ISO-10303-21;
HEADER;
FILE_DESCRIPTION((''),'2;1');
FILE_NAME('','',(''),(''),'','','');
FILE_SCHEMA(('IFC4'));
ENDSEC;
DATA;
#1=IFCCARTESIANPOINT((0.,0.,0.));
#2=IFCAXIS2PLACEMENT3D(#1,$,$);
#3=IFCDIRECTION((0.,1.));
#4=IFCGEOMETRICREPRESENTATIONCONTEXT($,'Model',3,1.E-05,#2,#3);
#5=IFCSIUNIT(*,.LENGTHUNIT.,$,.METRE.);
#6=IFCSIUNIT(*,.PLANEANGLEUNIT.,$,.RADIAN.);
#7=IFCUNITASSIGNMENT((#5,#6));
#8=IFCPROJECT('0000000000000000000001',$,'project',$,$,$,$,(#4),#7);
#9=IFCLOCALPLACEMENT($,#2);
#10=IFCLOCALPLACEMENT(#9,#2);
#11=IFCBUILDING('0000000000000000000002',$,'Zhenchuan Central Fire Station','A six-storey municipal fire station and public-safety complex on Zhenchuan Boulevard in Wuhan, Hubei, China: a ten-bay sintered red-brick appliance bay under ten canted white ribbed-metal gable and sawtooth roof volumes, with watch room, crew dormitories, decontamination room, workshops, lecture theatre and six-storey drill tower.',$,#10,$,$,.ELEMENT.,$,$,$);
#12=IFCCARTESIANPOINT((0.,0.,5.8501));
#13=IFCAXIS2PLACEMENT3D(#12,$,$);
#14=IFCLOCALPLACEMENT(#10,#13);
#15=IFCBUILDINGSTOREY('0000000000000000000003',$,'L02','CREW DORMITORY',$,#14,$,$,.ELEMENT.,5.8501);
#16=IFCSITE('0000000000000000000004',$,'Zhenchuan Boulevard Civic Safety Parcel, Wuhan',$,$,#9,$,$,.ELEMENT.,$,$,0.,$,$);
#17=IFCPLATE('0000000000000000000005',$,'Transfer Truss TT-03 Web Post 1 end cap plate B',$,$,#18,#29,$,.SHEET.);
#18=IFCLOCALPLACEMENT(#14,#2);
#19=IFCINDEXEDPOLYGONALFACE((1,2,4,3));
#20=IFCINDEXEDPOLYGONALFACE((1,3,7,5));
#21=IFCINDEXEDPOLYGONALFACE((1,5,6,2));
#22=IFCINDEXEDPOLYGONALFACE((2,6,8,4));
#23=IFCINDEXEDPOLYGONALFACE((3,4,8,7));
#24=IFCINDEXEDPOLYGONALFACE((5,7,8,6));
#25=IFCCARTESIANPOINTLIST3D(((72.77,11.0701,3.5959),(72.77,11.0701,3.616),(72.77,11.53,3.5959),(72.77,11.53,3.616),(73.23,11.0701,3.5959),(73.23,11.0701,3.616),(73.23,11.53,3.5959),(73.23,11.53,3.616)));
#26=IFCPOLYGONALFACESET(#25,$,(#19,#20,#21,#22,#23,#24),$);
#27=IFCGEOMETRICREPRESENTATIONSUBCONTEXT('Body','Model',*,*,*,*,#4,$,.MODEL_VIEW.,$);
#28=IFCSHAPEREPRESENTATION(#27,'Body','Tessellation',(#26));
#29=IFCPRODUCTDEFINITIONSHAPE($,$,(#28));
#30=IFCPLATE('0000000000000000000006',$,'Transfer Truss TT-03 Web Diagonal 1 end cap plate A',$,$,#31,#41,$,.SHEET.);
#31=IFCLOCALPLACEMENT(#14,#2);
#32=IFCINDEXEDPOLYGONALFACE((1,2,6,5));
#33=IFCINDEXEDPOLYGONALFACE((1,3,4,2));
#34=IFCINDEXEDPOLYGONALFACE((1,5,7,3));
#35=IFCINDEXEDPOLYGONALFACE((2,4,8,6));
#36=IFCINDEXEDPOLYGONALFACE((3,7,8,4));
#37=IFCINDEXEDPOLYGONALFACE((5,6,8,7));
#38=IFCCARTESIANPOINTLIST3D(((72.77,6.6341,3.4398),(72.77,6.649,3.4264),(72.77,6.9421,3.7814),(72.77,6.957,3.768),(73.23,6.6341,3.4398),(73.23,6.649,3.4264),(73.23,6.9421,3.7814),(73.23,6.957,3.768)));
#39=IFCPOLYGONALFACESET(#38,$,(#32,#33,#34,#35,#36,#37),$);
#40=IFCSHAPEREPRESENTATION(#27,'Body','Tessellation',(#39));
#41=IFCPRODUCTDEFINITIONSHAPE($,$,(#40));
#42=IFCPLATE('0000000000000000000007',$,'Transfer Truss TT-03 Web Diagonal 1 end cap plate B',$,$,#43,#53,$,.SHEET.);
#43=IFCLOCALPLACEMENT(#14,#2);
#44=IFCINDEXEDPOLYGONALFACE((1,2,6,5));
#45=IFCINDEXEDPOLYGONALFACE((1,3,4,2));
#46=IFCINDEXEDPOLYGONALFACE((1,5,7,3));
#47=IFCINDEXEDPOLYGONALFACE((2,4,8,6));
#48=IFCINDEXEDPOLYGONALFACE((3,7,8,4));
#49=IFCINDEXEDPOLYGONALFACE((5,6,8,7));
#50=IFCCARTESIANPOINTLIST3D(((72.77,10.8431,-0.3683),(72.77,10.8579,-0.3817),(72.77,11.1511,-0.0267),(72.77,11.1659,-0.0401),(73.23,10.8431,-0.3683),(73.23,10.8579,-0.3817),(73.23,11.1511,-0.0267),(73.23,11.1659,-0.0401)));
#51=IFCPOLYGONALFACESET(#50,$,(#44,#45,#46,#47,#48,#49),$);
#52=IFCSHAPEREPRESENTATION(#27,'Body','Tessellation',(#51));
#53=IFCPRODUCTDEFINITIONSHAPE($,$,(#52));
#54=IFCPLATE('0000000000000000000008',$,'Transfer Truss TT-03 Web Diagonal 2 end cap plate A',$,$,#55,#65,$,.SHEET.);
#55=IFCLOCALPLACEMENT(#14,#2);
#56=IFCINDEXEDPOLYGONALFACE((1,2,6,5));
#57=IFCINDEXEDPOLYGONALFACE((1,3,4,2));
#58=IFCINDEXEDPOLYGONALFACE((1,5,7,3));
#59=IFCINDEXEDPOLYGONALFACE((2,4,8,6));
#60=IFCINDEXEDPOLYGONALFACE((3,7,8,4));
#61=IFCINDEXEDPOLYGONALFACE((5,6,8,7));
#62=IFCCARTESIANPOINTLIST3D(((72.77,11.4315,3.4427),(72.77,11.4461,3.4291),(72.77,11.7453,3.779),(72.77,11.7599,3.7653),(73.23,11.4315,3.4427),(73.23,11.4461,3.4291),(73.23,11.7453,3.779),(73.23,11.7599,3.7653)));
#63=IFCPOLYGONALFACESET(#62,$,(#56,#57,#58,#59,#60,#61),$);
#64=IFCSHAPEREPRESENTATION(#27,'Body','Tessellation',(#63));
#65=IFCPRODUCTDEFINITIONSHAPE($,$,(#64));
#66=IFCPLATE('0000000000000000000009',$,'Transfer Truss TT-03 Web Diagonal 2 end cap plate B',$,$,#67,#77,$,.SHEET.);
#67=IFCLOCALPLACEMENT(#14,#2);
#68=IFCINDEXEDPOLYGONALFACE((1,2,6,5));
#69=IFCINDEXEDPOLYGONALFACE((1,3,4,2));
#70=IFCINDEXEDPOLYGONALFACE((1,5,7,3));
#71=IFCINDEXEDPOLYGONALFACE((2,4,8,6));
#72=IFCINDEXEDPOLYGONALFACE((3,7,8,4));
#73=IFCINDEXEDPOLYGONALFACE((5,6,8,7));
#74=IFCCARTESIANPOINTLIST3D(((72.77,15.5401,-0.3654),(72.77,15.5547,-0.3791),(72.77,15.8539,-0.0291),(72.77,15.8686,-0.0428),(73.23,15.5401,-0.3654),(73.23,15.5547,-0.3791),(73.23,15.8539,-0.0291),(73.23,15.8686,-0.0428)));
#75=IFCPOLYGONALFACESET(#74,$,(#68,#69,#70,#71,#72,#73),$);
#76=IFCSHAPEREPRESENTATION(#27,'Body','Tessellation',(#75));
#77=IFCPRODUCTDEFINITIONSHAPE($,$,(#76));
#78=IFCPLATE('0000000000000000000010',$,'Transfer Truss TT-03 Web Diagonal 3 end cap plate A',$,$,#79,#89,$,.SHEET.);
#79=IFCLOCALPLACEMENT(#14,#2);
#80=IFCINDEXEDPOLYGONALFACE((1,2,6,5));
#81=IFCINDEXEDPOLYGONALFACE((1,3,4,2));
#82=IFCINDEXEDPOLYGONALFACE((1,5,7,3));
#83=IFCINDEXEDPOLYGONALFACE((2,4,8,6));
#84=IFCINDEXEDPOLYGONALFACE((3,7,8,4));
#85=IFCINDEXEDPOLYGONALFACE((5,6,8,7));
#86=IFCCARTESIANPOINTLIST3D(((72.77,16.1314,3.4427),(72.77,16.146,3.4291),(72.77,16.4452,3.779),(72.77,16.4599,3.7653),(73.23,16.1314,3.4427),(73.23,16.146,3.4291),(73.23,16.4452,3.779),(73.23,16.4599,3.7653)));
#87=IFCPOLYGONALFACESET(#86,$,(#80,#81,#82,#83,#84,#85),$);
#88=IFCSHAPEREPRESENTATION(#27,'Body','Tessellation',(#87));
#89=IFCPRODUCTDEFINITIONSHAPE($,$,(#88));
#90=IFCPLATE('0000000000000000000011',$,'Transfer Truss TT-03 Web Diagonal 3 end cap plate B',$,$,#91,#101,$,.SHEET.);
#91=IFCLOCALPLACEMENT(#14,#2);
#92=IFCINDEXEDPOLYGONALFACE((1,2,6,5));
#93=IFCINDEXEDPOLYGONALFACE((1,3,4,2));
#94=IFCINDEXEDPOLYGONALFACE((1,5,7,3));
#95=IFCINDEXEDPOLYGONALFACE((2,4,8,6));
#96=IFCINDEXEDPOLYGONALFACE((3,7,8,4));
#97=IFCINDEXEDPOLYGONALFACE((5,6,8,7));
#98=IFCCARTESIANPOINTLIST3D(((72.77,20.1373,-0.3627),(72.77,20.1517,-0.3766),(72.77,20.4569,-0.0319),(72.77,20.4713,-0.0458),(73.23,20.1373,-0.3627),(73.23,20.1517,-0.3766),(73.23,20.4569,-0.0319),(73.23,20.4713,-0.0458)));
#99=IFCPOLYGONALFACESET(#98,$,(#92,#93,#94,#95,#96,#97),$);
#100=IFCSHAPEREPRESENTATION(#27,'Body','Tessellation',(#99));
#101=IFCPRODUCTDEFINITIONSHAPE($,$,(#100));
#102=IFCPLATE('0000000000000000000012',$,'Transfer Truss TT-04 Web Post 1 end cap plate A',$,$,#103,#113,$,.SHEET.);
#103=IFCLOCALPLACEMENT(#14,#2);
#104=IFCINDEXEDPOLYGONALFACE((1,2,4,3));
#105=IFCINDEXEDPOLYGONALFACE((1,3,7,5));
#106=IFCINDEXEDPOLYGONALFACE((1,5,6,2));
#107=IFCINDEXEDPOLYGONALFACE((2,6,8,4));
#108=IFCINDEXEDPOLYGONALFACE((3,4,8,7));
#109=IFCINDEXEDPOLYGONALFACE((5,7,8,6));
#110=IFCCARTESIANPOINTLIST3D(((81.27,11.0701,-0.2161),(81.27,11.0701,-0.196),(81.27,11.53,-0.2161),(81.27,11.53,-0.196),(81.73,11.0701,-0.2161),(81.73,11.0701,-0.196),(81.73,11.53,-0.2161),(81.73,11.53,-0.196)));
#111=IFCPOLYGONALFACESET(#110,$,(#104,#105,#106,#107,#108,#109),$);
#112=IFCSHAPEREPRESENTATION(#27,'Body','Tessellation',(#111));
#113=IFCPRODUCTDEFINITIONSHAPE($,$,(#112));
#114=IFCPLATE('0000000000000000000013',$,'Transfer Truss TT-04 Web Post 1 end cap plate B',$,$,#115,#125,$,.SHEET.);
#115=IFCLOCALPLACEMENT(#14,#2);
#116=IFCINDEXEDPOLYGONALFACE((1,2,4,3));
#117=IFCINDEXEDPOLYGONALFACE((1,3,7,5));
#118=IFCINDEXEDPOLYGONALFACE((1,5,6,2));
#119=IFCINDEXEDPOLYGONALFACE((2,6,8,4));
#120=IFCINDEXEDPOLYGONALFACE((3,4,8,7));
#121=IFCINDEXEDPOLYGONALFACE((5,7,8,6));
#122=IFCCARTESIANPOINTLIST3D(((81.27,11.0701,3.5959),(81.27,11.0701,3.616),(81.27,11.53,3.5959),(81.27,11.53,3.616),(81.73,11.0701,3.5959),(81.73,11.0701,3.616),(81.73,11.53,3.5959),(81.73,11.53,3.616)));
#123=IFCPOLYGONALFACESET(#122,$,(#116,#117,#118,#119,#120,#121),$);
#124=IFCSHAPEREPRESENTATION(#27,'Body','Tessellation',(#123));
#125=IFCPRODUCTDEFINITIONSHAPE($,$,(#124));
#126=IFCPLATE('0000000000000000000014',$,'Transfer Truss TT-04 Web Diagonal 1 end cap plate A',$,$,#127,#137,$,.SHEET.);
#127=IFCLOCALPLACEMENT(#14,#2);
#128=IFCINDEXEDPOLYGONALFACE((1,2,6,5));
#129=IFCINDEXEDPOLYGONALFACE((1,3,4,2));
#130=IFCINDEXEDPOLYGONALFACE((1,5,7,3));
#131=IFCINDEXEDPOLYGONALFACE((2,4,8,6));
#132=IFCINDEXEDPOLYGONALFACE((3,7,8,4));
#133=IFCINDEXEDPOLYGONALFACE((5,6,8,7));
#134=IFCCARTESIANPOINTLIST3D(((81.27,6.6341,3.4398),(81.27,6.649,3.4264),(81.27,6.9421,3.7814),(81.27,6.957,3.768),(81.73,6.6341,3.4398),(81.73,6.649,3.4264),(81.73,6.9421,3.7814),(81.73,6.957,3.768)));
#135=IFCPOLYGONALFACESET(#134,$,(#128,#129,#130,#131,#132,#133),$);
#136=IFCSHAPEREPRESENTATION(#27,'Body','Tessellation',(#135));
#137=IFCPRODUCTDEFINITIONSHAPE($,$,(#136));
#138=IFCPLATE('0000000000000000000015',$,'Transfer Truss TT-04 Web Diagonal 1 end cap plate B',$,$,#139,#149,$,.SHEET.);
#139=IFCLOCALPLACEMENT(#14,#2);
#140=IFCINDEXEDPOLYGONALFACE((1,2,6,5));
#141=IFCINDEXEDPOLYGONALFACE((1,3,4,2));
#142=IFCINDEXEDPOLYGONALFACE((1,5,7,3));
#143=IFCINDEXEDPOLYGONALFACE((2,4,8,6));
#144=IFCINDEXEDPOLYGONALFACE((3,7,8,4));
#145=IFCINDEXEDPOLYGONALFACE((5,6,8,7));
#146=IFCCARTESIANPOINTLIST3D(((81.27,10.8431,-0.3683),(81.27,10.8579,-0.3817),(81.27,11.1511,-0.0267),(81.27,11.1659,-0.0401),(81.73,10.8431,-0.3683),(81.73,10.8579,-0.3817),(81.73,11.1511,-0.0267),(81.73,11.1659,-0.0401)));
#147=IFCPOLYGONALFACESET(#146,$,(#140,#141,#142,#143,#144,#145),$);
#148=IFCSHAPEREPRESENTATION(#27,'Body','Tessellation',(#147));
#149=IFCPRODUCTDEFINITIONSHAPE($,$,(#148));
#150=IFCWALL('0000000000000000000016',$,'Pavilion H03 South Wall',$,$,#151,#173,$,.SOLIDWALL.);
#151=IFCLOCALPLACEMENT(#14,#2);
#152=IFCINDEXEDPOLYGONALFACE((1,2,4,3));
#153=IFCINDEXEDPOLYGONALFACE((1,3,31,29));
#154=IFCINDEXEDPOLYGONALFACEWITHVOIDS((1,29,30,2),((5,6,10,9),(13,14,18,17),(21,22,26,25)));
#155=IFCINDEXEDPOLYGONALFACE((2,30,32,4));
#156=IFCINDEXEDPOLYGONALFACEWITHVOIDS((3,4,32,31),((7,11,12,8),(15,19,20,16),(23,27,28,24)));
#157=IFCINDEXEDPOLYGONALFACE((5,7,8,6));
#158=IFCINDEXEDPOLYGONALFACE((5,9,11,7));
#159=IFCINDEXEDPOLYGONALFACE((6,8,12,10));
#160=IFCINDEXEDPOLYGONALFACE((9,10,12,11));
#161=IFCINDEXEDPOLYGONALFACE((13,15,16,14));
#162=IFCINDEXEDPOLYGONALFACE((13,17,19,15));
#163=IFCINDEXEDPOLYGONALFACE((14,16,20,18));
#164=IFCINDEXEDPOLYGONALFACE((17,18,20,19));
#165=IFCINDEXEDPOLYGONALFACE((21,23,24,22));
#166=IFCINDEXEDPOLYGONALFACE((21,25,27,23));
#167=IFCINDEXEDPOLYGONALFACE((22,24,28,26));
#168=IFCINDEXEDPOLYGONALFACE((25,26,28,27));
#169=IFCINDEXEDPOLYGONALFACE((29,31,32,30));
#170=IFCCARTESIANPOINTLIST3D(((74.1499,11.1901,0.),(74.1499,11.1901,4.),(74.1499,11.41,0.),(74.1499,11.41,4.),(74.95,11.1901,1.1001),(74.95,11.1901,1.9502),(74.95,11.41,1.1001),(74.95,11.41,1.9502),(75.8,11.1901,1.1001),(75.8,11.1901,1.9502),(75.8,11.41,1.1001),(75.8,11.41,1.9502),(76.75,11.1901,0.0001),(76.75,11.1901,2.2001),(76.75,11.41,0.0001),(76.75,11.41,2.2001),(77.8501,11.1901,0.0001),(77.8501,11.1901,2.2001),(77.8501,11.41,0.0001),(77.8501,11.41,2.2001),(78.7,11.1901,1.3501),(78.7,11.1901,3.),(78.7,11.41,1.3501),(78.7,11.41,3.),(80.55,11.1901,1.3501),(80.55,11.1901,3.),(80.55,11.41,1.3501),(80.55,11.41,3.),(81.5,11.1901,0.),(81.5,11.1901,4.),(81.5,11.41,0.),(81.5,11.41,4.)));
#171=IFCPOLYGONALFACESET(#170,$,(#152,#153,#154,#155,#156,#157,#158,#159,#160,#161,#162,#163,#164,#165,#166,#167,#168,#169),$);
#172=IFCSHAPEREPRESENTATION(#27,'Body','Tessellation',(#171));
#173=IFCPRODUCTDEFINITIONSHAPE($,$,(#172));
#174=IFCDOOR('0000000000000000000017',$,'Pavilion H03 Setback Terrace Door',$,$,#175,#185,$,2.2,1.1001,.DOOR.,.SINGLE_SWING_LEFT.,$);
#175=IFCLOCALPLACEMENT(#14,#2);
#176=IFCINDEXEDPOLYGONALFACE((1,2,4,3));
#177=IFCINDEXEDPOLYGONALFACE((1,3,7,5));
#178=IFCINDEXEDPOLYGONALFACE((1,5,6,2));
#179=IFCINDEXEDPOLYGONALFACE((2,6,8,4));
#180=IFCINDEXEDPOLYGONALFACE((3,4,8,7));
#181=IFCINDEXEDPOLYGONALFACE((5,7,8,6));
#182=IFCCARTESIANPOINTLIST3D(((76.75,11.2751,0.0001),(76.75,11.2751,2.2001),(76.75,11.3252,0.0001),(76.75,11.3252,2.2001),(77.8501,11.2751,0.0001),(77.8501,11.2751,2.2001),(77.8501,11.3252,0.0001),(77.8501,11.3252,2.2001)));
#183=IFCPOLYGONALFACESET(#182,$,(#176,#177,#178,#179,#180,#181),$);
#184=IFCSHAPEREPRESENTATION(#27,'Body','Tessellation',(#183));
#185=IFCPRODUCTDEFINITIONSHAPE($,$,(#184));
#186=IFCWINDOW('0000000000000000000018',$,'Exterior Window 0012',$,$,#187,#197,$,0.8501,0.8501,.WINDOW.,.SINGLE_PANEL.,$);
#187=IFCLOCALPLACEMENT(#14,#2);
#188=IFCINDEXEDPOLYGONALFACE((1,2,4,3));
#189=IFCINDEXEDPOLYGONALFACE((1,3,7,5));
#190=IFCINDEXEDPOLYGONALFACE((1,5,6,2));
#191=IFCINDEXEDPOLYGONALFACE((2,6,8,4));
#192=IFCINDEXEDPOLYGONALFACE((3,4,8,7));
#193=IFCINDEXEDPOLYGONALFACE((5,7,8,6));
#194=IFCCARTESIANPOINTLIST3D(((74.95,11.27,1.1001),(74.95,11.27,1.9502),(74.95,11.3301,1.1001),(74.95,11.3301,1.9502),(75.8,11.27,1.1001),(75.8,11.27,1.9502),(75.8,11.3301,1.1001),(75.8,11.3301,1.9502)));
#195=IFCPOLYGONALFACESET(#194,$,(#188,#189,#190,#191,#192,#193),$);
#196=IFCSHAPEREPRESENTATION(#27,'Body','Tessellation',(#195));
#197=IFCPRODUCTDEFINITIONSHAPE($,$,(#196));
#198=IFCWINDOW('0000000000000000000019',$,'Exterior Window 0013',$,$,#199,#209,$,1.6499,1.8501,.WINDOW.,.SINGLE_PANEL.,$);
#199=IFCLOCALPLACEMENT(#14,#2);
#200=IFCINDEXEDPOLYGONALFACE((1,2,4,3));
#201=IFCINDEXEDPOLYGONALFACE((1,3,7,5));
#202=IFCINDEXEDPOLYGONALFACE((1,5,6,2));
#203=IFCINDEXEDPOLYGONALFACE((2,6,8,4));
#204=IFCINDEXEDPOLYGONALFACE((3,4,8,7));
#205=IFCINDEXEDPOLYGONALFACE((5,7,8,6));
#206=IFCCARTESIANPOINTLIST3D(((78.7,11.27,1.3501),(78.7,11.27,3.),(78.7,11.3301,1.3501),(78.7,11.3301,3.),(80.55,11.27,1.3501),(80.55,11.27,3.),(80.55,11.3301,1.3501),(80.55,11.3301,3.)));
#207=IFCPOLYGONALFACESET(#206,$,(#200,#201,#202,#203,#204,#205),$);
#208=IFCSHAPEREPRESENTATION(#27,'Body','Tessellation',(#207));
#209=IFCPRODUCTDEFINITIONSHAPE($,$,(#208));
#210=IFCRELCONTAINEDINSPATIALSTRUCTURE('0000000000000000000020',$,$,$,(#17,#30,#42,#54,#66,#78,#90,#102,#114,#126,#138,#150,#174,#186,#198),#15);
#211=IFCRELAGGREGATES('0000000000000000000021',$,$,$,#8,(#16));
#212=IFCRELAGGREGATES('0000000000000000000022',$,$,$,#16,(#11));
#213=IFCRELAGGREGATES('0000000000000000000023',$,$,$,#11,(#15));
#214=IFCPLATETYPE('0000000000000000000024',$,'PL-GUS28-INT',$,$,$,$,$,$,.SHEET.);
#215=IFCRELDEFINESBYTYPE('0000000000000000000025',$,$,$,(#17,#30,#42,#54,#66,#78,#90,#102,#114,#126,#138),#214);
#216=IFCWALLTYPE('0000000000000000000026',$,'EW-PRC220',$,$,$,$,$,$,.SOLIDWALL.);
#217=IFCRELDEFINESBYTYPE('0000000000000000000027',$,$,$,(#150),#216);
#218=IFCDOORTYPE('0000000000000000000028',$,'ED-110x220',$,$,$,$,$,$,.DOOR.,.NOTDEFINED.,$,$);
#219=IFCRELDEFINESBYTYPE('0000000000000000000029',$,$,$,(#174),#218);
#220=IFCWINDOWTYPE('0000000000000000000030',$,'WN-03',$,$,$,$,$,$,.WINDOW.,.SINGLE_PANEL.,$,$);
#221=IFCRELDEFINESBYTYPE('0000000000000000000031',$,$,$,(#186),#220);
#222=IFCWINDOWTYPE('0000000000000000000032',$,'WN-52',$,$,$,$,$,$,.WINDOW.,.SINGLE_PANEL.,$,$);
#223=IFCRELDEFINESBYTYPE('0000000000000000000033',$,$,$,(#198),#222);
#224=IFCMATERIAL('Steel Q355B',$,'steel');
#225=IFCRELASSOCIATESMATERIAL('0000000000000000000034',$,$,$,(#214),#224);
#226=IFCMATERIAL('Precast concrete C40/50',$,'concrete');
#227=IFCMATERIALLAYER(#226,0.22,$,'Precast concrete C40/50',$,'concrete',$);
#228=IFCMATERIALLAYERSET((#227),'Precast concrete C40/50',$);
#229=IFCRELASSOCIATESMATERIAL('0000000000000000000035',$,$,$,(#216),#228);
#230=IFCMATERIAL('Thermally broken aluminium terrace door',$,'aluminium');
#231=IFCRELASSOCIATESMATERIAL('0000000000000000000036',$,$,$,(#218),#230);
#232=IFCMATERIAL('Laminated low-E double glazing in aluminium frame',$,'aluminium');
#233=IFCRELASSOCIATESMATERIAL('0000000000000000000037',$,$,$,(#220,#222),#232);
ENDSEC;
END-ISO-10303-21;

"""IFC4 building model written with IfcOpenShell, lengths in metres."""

from ifc_helpers import new_model, si_unit, direction, frame, frame_2d, origin, origin_2d, place, context, subcontext, project, spatial, rectangle, extrude, material, layer, layer_set, material_profile, profile_set, type_object, element, fill, save


model = new_model("IFC4")

# Units and contexts
model_context = context("Model", 3, precision=1e-05, world=origin(), true_north=direction((0.0, 1.0)))
body_context = subcontext(model_context, "Body", "Model", "MODEL_VIEW")
ifc_project = project(units=[si_unit("LENGTHUNIT", "METRE"), si_unit("PLANEANGLEUNIT", "RADIAN")], contexts=[model_context])

# Site, building, storey
site_placement = place(None, origin())
site = spatial("IfcSite", under=ifc_project, at=site_placement, Name="Zhenchuan Boulevard Civic Safety Parcel, Wuhan", CompositionType="ELEMENT", RefElevation=0.0)
building_placement = place(site_placement, origin())
building = spatial("IfcBuilding", under=site, at=building_placement, Name="Zhenchuan Central Fire Station", Description="A six-storey municipal fire station and public-safety complex on Zhenchuan Boulevard in Wuhan, Hubei, China: a ten-bay sintered red-brick appliance bay under ten canted white ribbed-metal gable and sawtooth roof volumes, with watch room, crew dormitories, decontamination room, workshops, lecture theatre and six-storey drill tower.", CompositionType="ELEMENT")
storey_placement = place(building_placement, frame((0.0, 0.0, 5.8501)))
storey = spatial("IfcBuildingStorey", under=building, at=storey_placement, Name="L02", Description="CREW DORMITORY", CompositionType="ELEMENT", Elevation=5.8501)

# Shared definitions
ifc_material_1 = material(Name="Steel Q355B", Category="steel")

# Plates
ifc_material_profile_1 = material_profile(ifc_material_1, rectangle(XDim=0.46, YDim=0.46, at=origin_2d()), Name="PL 460x460x28")
ifc_profile_set_1 = profile_set([ifc_material_profile_1], Name="Steel Q355B")
plate_type_1 = type_object("IfcPlateType", Name="PL-GUS28-INT", PredefinedType="SHEET", material=ifc_profile_set_1)
for number, where, z_axis, x_axis, name in (
    (1, (73.0, 11.3, 3.5959), (0.0, 0.0, 1.0), (1.0, 0.0, 0.0), "Transfer Truss TT-03 Web Post 1 end cap plate B"),
    (2, (73.0, 6.7881, 3.6106), (0.0, 0.742688, -0.669637), (-1.0, 0.0, 0.0), "Transfer Truss TT-03 Web Diagonal 1 end cap plate A"),
    (3, (73.0, 10.9971, -0.1975), (0.0, 0.742688, -0.669637), (-1.0, 0.0, 0.0), "Transfer Truss TT-03 Web Diagonal 1 end cap plate B"),
    (4, (73.0, 11.5884, 3.6108), (0.0, 0.731055, -0.682318), (-1.0, 0.0, 0.0), "Transfer Truss TT-03 Web Diagonal 2 end cap plate A"),
    (5, (73.0, 15.697, -0.1973), (0.0, 0.731055, -0.682318), (-1.0, 0.0, 0.0), "Transfer Truss TT-03 Web Diagonal 2 end cap plate B"),
    (6, (73.0, 16.2883, 3.6108), (0.0, 0.731055, -0.682318), (-1.0, 0.0, 0.0), "Transfer Truss TT-03 Web Diagonal 3 end cap plate A"),
    (7, (73.0, 20.2971, -0.1973), (0.0, 0.719191, -0.694812), (-1.0, 0.0, 0.0), "Transfer Truss TT-03 Web Diagonal 3 end cap plate B"),
    (8, (81.5, 11.3, -0.2161), (0.0, 0.0, 1.0), (1.0, 0.0, 0.0), "Transfer Truss TT-04 Web Post 1 end cap plate A"),
    (9, (81.5, 11.3, 3.5959), (0.0, 0.0, 1.0), (1.0, 0.0, 0.0), "Transfer Truss TT-04 Web Post 1 end cap plate B"),
    (10, (81.5, 6.7881, 3.6106), (0.0, 0.742688, -0.669637), (-1.0, 0.0, 0.0), "Transfer Truss TT-04 Web Diagonal 1 end cap plate A"),
    (11, (81.5, 10.9971, -0.1975), (0.0, 0.742688, -0.669637), (-1.0, 0.0, 0.0), "Transfer Truss TT-04 Web Diagonal 1 end cap plate B"),
):
    element("IfcPlate", number, at=place(storey_placement, frame(where, z_axis=z_axis, x_axis=x_axis)), inside=storey, type_object=plate_type_1, Name=name, PredefinedType="SHEET", context=body_context, shape_type="SweptSolid", body=[
        extrude(rectangle(XDim=0.46, YDim=0.46, at=origin_2d()), origin(), (0.0, 0.0, 1.0), 0.02),
    ])

# Wall, openings, door, windows
ifc_material_2 = material(Name="Precast concrete C40/50", Category="concrete")
ifc_layer_1 = layer(ifc_material_2, 0.22, Name="Precast concrete C40/50", Category="concrete")
ifc_layer_set_1 = layer_set([ifc_layer_1], Name="Precast concrete C40/50")
wall_type_1 = type_object("IfcWallType", Name="EW-PRC220", PredefinedType="SOLIDWALL", material=ifc_layer_set_1)
wall_1_placement = place(storey_placement, frame((74.1499, 11.3, 0.0), z_axis=(0.0, 0.0, 1.0), x_axis=(1.0, 0.0, 0.0)))
wall_1 = element("IfcWall", 12, at=wall_1_placement, inside=storey, type_object=wall_type_1, Name="Pavilion H03 South Wall", PredefinedType="SOLIDWALL", context=body_context, shape_type="SweptSolid", body=[
    extrude(rectangle(XDim=7.3501, YDim=0.22, at=frame_2d((3.675, 0.0))), origin(), (0.0, 0.0, 1.0), 4.0),
])
opening_1_placement = place(wall_1_placement, frame((2.6001, 0.0, 0.0)))
opening_1 = element("IfcOpeningElement", 13, at=opening_1_placement, cuts=wall_1, PredefinedType="OPENING", context=body_context, shape_type="SweptSolid", body=[
    extrude(rectangle(XDim=1.1001, YDim=2.2, at=frame_2d((0.55, 1.1001))), frame((0.0, 0.1199, 0.0), z_axis=(0.0, -1.0, 0.0), x_axis=(1.0, 0.0, 0.0)), (0.0, 0.0, 1.0), 0.24),
])
opening_2_placement = place(wall_1_placement, frame((0.8, 0.0, 1.1001)))
opening_2 = element("IfcOpeningElement", 14, at=opening_2_placement, cuts=wall_1, PredefinedType="OPENING", context=body_context, shape_type="SweptSolid", body=[
    extrude(rectangle(XDim=0.8501, YDim=0.8501, at=frame_2d((0.425, 0.425))), frame((0.0, 0.1199, 0.0), z_axis=(0.0, -1.0, 0.0), x_axis=(1.0, 0.0, 0.0)), (0.0, 0.0, 1.0), 0.24),
])
opening_3_placement = place(wall_1_placement, frame((4.55, 0.0, 1.3501)))
opening_3 = element("IfcOpeningElement", 15, at=opening_3_placement, cuts=wall_1, PredefinedType="OPENING", context=body_context, shape_type="SweptSolid", body=[
    extrude(rectangle(XDim=1.8501, YDim=1.6499, at=frame_2d((0.925, 0.825))), frame((0.0, 0.1199, 0.0), z_axis=(0.0, -1.0, 0.0), x_axis=(1.0, 0.0, 0.0)), (0.0, 0.0, 1.0), 0.24),
])
ifc_material_3 = material(Name="Thermally broken aluminium terrace door", Category="aluminium")
door_type = type_object("IfcDoorType", Name="ED-110x220", OperationType="NOTDEFINED", PredefinedType="DOOR", material=ifc_material_3)
door_placement = place(opening_1_placement, frame((1.1001, 0.0, 0.0), z_axis=(0.0, 0.0, 1.0), x_axis=(-1.0, 0.0, 0.0)))
door = element("IfcDoor", 16, at=door_placement, inside=storey, type_object=door_type, Name="Pavilion H03 Setback Terrace Door", OperationType="SINGLE_SWING_LEFT", OverallHeight=2.2, OverallWidth=1.1001, PredefinedType="DOOR", context=body_context, shape_type="SweptSolid", body=[
    extrude(rectangle(XDim=1.1001, YDim=2.2, at=frame_2d((0.55, 1.1001))), frame((0.0, 0.0249, 0.0), z_axis=(0.0, -1.0, 0.0), x_axis=(1.0, 0.0, 0.0)), (0.0, 0.0, 1.0), 0.05),
])
fill(opening_1, door)
ifc_material_4 = material(Name="Laminated low-E double glazing in aluminium frame", Category="aluminium")
window_type_1 = type_object("IfcWindowType", Name="WN-03", PartitioningType="SINGLE_PANEL", PredefinedType="WINDOW", material=ifc_material_4)
window_1_placement = place(opening_2_placement, origin())
window_1 = element("IfcWindow", 17, at=window_1_placement, inside=storey, type_object=window_type_1, Name="Exterior Window 0012", OverallHeight=0.8501, OverallWidth=0.8501, PartitioningType="SINGLE_PANEL", PredefinedType="WINDOW", context=body_context, shape_type="SweptSolid", body=[
    extrude(rectangle(XDim=0.8501, YDim=0.8501, at=frame_2d((0.425, 0.425))), frame((0.0, 0.03, 0.0), z_axis=(0.0, -1.0, 0.0), x_axis=(1.0, 0.0, 0.0)), (0.0, 0.0, 1.0), 0.0601),
])
fill(opening_2, window_1)
window_type_2 = type_object("IfcWindowType", Name="WN-52", PartitioningType="SINGLE_PANEL", PredefinedType="WINDOW", material=ifc_material_4)
window_2_placement = place(opening_3_placement, origin())
window_2 = element("IfcWindow", 18, at=window_2_placement, inside=storey, type_object=window_type_2, Name="Exterior Window 0013", OverallHeight=1.6499, OverallWidth=1.8501, PartitioningType="SINGLE_PANEL", PredefinedType="WINDOW", context=body_context, shape_type="SweptSolid", body=[
    extrude(rectangle(XDim=1.8501, YDim=1.6499, at=frame_2d((0.925, 0.825))), frame((0.0, 0.03, 0.0), z_axis=(0.0, -1.0, 0.0), x_axis=(1.0, 0.0, 0.0)), (0.0, 0.0, 1.0), 0.0601),
])
fill(opening_3, window_2)

save(model, "model.ifc")
